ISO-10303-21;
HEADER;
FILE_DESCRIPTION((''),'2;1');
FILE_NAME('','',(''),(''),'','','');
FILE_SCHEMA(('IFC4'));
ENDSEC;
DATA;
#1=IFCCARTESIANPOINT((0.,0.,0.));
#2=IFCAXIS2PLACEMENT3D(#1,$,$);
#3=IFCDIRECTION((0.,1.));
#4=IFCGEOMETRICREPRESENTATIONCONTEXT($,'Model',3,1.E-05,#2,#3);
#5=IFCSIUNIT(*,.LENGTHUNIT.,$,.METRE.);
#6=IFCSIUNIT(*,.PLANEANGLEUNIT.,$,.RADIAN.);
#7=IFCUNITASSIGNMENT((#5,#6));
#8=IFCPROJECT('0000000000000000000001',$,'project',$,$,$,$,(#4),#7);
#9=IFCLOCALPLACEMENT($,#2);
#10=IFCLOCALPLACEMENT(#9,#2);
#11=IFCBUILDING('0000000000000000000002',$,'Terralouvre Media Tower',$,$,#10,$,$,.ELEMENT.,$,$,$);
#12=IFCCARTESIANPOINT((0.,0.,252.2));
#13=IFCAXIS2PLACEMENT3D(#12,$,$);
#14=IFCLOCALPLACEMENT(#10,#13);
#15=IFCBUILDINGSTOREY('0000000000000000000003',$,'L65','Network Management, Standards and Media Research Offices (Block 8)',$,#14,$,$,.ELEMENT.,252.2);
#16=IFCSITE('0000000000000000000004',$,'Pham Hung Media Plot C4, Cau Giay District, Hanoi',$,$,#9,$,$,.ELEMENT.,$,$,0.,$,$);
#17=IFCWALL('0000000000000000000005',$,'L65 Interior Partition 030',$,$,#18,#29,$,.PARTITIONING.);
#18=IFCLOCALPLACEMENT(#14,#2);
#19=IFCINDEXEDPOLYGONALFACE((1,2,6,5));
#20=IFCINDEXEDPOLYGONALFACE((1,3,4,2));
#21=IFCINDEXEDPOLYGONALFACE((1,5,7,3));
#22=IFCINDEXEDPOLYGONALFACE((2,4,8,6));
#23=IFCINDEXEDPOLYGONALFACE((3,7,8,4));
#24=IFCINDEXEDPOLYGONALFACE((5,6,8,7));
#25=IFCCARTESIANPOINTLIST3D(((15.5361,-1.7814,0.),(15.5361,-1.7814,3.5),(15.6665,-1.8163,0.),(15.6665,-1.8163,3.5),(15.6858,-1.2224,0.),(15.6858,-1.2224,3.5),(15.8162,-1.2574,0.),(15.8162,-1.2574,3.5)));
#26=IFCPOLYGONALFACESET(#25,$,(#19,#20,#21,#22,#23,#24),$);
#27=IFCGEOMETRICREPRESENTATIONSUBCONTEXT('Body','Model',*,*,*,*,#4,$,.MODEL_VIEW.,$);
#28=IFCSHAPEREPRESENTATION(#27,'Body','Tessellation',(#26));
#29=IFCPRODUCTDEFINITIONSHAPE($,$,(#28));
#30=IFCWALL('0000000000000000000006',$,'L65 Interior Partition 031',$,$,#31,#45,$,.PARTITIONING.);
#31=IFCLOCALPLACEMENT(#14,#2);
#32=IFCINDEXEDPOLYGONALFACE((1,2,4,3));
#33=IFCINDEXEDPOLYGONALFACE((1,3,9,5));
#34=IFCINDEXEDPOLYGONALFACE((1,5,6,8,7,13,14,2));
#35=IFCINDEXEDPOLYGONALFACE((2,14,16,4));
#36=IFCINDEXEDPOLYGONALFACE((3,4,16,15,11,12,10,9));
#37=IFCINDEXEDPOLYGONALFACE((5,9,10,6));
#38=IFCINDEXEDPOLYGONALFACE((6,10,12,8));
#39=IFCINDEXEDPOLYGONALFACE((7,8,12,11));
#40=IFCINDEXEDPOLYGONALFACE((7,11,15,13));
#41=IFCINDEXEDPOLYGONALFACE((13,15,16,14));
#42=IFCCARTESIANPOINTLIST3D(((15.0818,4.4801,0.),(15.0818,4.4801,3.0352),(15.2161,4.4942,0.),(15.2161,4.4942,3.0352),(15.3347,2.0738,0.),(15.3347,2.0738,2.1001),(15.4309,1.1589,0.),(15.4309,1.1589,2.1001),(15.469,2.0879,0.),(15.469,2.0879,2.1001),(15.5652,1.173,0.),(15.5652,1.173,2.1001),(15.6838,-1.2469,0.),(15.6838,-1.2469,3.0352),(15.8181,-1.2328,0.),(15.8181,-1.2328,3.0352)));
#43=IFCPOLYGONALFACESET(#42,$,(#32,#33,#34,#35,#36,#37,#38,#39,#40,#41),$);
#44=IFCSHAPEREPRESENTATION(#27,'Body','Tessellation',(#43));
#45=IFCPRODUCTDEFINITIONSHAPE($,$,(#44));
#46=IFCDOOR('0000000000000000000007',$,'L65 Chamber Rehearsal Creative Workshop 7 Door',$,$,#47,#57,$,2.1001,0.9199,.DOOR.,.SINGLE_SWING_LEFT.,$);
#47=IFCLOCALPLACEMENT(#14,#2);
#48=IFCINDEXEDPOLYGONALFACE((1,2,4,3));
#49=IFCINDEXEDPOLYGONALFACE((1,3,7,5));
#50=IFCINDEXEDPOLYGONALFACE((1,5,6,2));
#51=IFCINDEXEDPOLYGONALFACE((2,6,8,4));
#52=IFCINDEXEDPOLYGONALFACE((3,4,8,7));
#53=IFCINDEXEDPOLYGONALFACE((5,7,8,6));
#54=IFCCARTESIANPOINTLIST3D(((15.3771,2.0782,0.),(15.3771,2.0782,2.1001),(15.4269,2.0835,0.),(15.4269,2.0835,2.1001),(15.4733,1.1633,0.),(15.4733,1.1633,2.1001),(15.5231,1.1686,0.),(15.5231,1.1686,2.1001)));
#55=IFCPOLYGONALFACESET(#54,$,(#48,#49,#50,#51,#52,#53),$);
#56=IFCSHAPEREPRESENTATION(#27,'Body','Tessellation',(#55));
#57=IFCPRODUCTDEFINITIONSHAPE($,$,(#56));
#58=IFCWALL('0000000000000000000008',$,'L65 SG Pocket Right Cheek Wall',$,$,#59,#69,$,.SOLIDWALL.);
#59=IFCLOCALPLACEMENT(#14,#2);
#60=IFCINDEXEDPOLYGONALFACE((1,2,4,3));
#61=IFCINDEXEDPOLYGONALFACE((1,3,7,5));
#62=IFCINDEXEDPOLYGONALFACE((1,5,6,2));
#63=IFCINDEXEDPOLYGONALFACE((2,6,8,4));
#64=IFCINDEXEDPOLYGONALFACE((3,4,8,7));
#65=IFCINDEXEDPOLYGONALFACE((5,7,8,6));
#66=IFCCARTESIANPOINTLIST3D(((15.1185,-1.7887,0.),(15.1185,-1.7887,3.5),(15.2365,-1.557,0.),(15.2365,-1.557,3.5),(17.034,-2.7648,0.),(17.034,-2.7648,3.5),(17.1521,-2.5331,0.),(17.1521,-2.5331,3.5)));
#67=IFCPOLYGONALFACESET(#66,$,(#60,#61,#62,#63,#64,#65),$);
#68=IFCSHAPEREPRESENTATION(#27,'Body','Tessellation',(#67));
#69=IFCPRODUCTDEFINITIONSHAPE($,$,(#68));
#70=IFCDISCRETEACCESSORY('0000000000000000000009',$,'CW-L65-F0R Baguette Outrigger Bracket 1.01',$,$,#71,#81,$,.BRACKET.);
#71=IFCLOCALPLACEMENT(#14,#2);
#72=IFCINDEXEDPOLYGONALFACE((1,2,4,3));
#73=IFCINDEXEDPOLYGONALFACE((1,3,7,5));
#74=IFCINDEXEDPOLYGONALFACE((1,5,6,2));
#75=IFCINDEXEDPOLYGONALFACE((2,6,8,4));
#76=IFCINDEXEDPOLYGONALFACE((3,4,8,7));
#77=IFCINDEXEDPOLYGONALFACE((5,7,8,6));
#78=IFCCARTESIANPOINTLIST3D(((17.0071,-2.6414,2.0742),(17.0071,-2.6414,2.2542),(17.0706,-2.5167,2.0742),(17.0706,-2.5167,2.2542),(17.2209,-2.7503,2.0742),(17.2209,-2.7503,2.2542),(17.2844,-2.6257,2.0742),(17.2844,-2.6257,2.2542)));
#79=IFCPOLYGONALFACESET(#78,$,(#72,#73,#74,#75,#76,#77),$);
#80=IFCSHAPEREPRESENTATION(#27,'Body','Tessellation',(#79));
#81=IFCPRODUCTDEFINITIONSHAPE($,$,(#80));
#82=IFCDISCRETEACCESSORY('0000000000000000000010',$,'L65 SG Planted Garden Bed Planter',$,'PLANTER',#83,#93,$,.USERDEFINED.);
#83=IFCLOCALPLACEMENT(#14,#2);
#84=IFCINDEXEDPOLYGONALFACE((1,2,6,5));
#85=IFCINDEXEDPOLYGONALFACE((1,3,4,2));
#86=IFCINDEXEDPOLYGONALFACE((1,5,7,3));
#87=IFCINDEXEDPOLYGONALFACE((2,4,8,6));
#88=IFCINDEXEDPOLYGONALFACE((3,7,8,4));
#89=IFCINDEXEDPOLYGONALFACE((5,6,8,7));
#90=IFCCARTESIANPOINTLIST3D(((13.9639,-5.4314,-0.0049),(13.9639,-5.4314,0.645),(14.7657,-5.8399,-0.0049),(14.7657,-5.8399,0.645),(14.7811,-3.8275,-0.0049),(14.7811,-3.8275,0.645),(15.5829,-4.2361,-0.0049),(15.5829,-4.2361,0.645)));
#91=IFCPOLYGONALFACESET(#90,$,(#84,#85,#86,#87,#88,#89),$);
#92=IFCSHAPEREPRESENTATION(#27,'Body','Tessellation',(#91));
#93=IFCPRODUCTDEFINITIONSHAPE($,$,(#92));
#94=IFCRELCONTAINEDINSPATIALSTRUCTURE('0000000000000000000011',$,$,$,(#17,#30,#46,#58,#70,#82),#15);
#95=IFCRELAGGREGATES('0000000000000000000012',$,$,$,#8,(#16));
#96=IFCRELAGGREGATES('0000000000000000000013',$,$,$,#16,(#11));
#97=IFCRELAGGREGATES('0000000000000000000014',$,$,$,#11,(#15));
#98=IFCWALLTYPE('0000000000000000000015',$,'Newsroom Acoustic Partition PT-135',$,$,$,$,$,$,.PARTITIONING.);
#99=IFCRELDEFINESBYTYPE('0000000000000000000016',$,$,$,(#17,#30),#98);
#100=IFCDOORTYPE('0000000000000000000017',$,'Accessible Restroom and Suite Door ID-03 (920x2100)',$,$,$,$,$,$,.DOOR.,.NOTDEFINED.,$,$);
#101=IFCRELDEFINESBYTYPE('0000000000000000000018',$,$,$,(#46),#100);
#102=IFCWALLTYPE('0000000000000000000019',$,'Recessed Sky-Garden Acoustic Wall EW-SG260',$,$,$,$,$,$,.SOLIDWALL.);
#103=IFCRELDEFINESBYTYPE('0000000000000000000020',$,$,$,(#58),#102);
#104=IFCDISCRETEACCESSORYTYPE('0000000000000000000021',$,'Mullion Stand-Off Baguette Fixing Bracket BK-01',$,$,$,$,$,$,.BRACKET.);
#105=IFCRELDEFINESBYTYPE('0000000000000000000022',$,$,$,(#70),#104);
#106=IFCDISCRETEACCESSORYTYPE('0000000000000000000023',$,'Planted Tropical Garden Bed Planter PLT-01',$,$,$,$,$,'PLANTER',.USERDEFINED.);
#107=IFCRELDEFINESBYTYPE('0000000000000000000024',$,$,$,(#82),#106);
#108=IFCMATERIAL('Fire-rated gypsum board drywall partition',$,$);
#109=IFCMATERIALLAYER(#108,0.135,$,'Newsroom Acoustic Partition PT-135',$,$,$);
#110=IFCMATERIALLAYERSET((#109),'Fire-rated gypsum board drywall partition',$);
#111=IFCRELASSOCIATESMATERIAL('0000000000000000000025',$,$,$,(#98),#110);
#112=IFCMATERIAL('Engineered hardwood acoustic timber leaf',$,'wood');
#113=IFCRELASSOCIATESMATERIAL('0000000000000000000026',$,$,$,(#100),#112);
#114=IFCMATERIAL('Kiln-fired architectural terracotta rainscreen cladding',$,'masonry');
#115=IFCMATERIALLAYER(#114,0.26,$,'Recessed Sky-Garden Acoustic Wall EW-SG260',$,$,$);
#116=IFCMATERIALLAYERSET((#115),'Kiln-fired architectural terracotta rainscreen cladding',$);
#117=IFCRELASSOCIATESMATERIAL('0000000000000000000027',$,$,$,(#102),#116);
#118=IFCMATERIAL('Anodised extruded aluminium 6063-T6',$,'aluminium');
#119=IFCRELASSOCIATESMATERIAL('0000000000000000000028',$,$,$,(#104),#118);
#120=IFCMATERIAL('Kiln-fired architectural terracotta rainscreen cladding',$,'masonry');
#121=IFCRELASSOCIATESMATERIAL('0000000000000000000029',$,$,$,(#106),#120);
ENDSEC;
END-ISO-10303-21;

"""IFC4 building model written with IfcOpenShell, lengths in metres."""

from ifc_helpers import new_model, si_unit, direction, frame, frame_2d, origin, origin_2d, place, context, subcontext, project, spatial, rectangle, extrude, material, layer, layer_set, type_object, element, fill, save


model = new_model("IFC4")

# Units and contexts
model_context = context("Model", 3, precision=1e-05, world=origin(), true_north=direction((0.0, 1.0)))
body_context = subcontext(model_context, "Body", "Model", "MODEL_VIEW")
ifc_project = project(units=[si_unit("LENGTHUNIT", "METRE"), si_unit("PLANEANGLEUNIT", "RADIAN")], contexts=[model_context])

# Site, building, storey
site_placement = place(None, origin())
site = spatial("IfcSite", under=ifc_project, at=site_placement, Name="Pham Hung Media Plot C4, Cau Giay District, Hanoi", CompositionType="ELEMENT", RefElevation=0.0)
building_placement = place(site_placement, origin())
building = spatial("IfcBuilding", under=site, at=building_placement, Name="Terralouvre Media Tower", CompositionType="ELEMENT")
storey_placement = place(building_placement, frame((0.0, 0.0, 252.2)))
storey = spatial("IfcBuildingStorey", under=building, at=storey_placement, Name="L65", Description="Network Management, Standards and Media Research Offices (Block 8)", CompositionType="ELEMENT", Elevation=252.2)

# Shared definitions
ifc_material_1 = material(Name="Fire-rated gypsum board drywall partition")
ifc_layer_1 = layer(ifc_material_1, 0.135, Name="Newsroom Acoustic Partition PT-135")
ifc_layer_set_1 = layer_set([ifc_layer_1], Name="Fire-rated gypsum board drywall partition")
wall_type_1 = type_object("IfcWallType", Name="Newsroom Acoustic Partition PT-135", PredefinedType="PARTITIONING", material=ifc_layer_set_1)

# Wall
wall_1_placement = place(storey_placement, frame((15.6013, -1.7988, 0.0), z_axis=(0.0, 0.0, 1.0), x_axis=(0.258687, 0.965961, 0.0)))
element("IfcWall", 1, at=wall_1_placement, inside=storey, type_object=wall_type_1, Name="L65 Interior Partition 030", PredefinedType="PARTITIONING", context=body_context, shape_type="SweptSolid", body=[
    extrude(rectangle(XDim=0.5786, YDim=0.135, at=frame_2d((0.2893, 0.0))), origin(), (0.0, 0.0, 1.0), 3.5),
])

# Wall, opening, door
wall_2_placement = place(storey_placement, frame((15.751, -1.24, 0.0), z_axis=(0.0, 0.0, 1.0), x_axis=(-0.104548, 0.99452, 0.0)))
wall_2 = element("IfcWall", 2, at=wall_2_placement, inside=storey, type_object=wall_type_1, Name="L65 Interior Partition 031", PredefinedType="PARTITIONING", context=body_context, shape_type="SweptSolid", body=[
    extrude(rectangle(XDim=5.7585, YDim=0.135, at=frame_2d((2.8794, 0.0))), origin(), (0.0, 0.0, 1.0), 3.0352),
])
opening_1_placement = place(wall_2_placement, frame((2.4192, 0.0, 0.0)))
opening_1 = element("IfcOpeningElement", 3, at=opening_1_placement, cuts=wall_2, PredefinedType="OPENING", context=body_context, shape_type="SweptSolid", body=[
    extrude(rectangle(XDim=0.9199, YDim=2.1001, at=frame_2d((0.46, 1.05))), frame((0.0, 0.0774, 0.0), z_axis=(0.0, -1.0, 0.0), x_axis=(1.0, 0.0, 0.0)), (0.0, 0.0, 1.0), 0.155),
])
ifc_material_2 = material(Name="Engineered hardwood acoustic timber leaf", Category="wood")
door_type_1 = type_object("IfcDoorType", Name="Accessible Restroom and Suite Door ID-03 (920x2100)", OperationType="NOTDEFINED", PredefinedType="DOOR", material=ifc_material_2)
door_1_placement = place(opening_1_placement, origin())
door_1 = element("IfcDoor", 4, at=door_1_placement, inside=storey, type_object=door_type_1, Name="L65 Chamber Rehearsal Creative Workshop 7 Door", OperationType="SINGLE_SWING_LEFT", OverallHeight=2.1001, OverallWidth=0.9199, PredefinedType="DOOR", context=body_context, shape_type="SweptSolid", body=[
    extrude(rectangle(XDim=0.9199, YDim=2.1001, at=frame_2d((0.46, 1.05))), frame((0.0, 0.0249, 0.0), z_axis=(0.0, -1.0, 0.0), x_axis=(1.0, 0.0, 0.0)), (0.0, 0.0, 1.0), 0.05),
])
fill(opening_1, door_1)

# Wall
ifc_material_3 = material(Name="Kiln-fired architectural terracotta rainscreen cladding", Category="masonry")
ifc_layer_2 = layer(ifc_material_3, 0.26, Name="Recessed Sky-Garden Acoustic Wall EW-SG260")
ifc_layer_set_2 = layer_set([ifc_layer_2], Name="Kiln-fired architectural terracotta rainscreen cladding")
wall_type_2 = type_object("IfcWallType", Name="Recessed Sky-Garden Acoustic Wall EW-SG260", PredefinedType="SOLIDWALL", material=ifc_layer_set_2)
wall_3_placement = place(storey_placement, frame((15.1775, -1.6729, 0.0), z_axis=(0.0, 0.0, 1.0), x_axis=(0.890994, -0.454014, 0.0)))
element("IfcWall", 5, at=wall_3_placement, inside=storey, type_object=wall_type_2, Name="L65 SG Pocket Right Cheek Wall", PredefinedType="SOLIDWALL", context=body_context, shape_type="SweptSolid", body=[
    extrude(rectangle(XDim=2.1499, YDim=0.26, at=frame_2d((1.075, 0.0))), origin(), (0.0, 0.0, 1.0), 3.5),
])

# Discrete accessories
ifc_material_4 = material(Name="Anodised extruded aluminium 6063-T6", Category="aluminium")
discrete_accessory_type_1 = type_object("IfcDiscreteAccessoryType", Name="Mullion Stand-Off Baguette Fixing Bracket BK-01", PredefinedType="BRACKET", material=ifc_material_4)
discrete_accessory_1_placement = place(storey_placement, frame((17.1458, -2.6335, 2.0742), z_axis=(0.0, 0.0, 1.0), x_axis=(0.453991, 0.891006, 0.0)))
element("IfcDiscreteAccessory", 6, at=discrete_accessory_1_placement, inside=storey, type_object=discrete_accessory_type_1, Name="CW-L65-F0R Baguette Outrigger Bracket 1.01", PredefinedType="BRACKET", context=body_context, shape_type="SweptSolid", body=[
    extrude(rectangle(XDim=0.1399, YDim=0.24, at=origin_2d()), origin(), (0.0, 0.0, 1.0), 0.1799),
])
ifc_material_5 = material(Name="Kiln-fired architectural terracotta rainscreen cladding", Category="masonry")
discrete_accessory_type_2 = type_object("IfcDiscreteAccessoryType", Name="Planted Tropical Garden Bed Planter PLT-01", ElementType="PLANTER", PredefinedType="USERDEFINED", material=ifc_material_5)
discrete_accessory_2_placement = place(storey_placement, frame((14.7734, -4.8337, -0.0049), z_axis=(0.0, 0.0, 1.0), x_axis=(0.45399, 0.891007, 0.0)))
element("IfcDiscreteAccessory", 7, at=discrete_accessory_2_placement, inside=storey, type_object=discrete_accessory_type_2, Name="L65 SG Planted Garden Bed Planter", ObjectType="PLANTER", PredefinedType="USERDEFINED", context=body_context, shape_type="SweptSolid", body=[
    extrude(rectangle(XDim=1.8, YDim=0.8999, at=origin_2d()), origin(), (0.0, 0.0, 1.0), 0.6499),
])

save(model, "model.ifc")
